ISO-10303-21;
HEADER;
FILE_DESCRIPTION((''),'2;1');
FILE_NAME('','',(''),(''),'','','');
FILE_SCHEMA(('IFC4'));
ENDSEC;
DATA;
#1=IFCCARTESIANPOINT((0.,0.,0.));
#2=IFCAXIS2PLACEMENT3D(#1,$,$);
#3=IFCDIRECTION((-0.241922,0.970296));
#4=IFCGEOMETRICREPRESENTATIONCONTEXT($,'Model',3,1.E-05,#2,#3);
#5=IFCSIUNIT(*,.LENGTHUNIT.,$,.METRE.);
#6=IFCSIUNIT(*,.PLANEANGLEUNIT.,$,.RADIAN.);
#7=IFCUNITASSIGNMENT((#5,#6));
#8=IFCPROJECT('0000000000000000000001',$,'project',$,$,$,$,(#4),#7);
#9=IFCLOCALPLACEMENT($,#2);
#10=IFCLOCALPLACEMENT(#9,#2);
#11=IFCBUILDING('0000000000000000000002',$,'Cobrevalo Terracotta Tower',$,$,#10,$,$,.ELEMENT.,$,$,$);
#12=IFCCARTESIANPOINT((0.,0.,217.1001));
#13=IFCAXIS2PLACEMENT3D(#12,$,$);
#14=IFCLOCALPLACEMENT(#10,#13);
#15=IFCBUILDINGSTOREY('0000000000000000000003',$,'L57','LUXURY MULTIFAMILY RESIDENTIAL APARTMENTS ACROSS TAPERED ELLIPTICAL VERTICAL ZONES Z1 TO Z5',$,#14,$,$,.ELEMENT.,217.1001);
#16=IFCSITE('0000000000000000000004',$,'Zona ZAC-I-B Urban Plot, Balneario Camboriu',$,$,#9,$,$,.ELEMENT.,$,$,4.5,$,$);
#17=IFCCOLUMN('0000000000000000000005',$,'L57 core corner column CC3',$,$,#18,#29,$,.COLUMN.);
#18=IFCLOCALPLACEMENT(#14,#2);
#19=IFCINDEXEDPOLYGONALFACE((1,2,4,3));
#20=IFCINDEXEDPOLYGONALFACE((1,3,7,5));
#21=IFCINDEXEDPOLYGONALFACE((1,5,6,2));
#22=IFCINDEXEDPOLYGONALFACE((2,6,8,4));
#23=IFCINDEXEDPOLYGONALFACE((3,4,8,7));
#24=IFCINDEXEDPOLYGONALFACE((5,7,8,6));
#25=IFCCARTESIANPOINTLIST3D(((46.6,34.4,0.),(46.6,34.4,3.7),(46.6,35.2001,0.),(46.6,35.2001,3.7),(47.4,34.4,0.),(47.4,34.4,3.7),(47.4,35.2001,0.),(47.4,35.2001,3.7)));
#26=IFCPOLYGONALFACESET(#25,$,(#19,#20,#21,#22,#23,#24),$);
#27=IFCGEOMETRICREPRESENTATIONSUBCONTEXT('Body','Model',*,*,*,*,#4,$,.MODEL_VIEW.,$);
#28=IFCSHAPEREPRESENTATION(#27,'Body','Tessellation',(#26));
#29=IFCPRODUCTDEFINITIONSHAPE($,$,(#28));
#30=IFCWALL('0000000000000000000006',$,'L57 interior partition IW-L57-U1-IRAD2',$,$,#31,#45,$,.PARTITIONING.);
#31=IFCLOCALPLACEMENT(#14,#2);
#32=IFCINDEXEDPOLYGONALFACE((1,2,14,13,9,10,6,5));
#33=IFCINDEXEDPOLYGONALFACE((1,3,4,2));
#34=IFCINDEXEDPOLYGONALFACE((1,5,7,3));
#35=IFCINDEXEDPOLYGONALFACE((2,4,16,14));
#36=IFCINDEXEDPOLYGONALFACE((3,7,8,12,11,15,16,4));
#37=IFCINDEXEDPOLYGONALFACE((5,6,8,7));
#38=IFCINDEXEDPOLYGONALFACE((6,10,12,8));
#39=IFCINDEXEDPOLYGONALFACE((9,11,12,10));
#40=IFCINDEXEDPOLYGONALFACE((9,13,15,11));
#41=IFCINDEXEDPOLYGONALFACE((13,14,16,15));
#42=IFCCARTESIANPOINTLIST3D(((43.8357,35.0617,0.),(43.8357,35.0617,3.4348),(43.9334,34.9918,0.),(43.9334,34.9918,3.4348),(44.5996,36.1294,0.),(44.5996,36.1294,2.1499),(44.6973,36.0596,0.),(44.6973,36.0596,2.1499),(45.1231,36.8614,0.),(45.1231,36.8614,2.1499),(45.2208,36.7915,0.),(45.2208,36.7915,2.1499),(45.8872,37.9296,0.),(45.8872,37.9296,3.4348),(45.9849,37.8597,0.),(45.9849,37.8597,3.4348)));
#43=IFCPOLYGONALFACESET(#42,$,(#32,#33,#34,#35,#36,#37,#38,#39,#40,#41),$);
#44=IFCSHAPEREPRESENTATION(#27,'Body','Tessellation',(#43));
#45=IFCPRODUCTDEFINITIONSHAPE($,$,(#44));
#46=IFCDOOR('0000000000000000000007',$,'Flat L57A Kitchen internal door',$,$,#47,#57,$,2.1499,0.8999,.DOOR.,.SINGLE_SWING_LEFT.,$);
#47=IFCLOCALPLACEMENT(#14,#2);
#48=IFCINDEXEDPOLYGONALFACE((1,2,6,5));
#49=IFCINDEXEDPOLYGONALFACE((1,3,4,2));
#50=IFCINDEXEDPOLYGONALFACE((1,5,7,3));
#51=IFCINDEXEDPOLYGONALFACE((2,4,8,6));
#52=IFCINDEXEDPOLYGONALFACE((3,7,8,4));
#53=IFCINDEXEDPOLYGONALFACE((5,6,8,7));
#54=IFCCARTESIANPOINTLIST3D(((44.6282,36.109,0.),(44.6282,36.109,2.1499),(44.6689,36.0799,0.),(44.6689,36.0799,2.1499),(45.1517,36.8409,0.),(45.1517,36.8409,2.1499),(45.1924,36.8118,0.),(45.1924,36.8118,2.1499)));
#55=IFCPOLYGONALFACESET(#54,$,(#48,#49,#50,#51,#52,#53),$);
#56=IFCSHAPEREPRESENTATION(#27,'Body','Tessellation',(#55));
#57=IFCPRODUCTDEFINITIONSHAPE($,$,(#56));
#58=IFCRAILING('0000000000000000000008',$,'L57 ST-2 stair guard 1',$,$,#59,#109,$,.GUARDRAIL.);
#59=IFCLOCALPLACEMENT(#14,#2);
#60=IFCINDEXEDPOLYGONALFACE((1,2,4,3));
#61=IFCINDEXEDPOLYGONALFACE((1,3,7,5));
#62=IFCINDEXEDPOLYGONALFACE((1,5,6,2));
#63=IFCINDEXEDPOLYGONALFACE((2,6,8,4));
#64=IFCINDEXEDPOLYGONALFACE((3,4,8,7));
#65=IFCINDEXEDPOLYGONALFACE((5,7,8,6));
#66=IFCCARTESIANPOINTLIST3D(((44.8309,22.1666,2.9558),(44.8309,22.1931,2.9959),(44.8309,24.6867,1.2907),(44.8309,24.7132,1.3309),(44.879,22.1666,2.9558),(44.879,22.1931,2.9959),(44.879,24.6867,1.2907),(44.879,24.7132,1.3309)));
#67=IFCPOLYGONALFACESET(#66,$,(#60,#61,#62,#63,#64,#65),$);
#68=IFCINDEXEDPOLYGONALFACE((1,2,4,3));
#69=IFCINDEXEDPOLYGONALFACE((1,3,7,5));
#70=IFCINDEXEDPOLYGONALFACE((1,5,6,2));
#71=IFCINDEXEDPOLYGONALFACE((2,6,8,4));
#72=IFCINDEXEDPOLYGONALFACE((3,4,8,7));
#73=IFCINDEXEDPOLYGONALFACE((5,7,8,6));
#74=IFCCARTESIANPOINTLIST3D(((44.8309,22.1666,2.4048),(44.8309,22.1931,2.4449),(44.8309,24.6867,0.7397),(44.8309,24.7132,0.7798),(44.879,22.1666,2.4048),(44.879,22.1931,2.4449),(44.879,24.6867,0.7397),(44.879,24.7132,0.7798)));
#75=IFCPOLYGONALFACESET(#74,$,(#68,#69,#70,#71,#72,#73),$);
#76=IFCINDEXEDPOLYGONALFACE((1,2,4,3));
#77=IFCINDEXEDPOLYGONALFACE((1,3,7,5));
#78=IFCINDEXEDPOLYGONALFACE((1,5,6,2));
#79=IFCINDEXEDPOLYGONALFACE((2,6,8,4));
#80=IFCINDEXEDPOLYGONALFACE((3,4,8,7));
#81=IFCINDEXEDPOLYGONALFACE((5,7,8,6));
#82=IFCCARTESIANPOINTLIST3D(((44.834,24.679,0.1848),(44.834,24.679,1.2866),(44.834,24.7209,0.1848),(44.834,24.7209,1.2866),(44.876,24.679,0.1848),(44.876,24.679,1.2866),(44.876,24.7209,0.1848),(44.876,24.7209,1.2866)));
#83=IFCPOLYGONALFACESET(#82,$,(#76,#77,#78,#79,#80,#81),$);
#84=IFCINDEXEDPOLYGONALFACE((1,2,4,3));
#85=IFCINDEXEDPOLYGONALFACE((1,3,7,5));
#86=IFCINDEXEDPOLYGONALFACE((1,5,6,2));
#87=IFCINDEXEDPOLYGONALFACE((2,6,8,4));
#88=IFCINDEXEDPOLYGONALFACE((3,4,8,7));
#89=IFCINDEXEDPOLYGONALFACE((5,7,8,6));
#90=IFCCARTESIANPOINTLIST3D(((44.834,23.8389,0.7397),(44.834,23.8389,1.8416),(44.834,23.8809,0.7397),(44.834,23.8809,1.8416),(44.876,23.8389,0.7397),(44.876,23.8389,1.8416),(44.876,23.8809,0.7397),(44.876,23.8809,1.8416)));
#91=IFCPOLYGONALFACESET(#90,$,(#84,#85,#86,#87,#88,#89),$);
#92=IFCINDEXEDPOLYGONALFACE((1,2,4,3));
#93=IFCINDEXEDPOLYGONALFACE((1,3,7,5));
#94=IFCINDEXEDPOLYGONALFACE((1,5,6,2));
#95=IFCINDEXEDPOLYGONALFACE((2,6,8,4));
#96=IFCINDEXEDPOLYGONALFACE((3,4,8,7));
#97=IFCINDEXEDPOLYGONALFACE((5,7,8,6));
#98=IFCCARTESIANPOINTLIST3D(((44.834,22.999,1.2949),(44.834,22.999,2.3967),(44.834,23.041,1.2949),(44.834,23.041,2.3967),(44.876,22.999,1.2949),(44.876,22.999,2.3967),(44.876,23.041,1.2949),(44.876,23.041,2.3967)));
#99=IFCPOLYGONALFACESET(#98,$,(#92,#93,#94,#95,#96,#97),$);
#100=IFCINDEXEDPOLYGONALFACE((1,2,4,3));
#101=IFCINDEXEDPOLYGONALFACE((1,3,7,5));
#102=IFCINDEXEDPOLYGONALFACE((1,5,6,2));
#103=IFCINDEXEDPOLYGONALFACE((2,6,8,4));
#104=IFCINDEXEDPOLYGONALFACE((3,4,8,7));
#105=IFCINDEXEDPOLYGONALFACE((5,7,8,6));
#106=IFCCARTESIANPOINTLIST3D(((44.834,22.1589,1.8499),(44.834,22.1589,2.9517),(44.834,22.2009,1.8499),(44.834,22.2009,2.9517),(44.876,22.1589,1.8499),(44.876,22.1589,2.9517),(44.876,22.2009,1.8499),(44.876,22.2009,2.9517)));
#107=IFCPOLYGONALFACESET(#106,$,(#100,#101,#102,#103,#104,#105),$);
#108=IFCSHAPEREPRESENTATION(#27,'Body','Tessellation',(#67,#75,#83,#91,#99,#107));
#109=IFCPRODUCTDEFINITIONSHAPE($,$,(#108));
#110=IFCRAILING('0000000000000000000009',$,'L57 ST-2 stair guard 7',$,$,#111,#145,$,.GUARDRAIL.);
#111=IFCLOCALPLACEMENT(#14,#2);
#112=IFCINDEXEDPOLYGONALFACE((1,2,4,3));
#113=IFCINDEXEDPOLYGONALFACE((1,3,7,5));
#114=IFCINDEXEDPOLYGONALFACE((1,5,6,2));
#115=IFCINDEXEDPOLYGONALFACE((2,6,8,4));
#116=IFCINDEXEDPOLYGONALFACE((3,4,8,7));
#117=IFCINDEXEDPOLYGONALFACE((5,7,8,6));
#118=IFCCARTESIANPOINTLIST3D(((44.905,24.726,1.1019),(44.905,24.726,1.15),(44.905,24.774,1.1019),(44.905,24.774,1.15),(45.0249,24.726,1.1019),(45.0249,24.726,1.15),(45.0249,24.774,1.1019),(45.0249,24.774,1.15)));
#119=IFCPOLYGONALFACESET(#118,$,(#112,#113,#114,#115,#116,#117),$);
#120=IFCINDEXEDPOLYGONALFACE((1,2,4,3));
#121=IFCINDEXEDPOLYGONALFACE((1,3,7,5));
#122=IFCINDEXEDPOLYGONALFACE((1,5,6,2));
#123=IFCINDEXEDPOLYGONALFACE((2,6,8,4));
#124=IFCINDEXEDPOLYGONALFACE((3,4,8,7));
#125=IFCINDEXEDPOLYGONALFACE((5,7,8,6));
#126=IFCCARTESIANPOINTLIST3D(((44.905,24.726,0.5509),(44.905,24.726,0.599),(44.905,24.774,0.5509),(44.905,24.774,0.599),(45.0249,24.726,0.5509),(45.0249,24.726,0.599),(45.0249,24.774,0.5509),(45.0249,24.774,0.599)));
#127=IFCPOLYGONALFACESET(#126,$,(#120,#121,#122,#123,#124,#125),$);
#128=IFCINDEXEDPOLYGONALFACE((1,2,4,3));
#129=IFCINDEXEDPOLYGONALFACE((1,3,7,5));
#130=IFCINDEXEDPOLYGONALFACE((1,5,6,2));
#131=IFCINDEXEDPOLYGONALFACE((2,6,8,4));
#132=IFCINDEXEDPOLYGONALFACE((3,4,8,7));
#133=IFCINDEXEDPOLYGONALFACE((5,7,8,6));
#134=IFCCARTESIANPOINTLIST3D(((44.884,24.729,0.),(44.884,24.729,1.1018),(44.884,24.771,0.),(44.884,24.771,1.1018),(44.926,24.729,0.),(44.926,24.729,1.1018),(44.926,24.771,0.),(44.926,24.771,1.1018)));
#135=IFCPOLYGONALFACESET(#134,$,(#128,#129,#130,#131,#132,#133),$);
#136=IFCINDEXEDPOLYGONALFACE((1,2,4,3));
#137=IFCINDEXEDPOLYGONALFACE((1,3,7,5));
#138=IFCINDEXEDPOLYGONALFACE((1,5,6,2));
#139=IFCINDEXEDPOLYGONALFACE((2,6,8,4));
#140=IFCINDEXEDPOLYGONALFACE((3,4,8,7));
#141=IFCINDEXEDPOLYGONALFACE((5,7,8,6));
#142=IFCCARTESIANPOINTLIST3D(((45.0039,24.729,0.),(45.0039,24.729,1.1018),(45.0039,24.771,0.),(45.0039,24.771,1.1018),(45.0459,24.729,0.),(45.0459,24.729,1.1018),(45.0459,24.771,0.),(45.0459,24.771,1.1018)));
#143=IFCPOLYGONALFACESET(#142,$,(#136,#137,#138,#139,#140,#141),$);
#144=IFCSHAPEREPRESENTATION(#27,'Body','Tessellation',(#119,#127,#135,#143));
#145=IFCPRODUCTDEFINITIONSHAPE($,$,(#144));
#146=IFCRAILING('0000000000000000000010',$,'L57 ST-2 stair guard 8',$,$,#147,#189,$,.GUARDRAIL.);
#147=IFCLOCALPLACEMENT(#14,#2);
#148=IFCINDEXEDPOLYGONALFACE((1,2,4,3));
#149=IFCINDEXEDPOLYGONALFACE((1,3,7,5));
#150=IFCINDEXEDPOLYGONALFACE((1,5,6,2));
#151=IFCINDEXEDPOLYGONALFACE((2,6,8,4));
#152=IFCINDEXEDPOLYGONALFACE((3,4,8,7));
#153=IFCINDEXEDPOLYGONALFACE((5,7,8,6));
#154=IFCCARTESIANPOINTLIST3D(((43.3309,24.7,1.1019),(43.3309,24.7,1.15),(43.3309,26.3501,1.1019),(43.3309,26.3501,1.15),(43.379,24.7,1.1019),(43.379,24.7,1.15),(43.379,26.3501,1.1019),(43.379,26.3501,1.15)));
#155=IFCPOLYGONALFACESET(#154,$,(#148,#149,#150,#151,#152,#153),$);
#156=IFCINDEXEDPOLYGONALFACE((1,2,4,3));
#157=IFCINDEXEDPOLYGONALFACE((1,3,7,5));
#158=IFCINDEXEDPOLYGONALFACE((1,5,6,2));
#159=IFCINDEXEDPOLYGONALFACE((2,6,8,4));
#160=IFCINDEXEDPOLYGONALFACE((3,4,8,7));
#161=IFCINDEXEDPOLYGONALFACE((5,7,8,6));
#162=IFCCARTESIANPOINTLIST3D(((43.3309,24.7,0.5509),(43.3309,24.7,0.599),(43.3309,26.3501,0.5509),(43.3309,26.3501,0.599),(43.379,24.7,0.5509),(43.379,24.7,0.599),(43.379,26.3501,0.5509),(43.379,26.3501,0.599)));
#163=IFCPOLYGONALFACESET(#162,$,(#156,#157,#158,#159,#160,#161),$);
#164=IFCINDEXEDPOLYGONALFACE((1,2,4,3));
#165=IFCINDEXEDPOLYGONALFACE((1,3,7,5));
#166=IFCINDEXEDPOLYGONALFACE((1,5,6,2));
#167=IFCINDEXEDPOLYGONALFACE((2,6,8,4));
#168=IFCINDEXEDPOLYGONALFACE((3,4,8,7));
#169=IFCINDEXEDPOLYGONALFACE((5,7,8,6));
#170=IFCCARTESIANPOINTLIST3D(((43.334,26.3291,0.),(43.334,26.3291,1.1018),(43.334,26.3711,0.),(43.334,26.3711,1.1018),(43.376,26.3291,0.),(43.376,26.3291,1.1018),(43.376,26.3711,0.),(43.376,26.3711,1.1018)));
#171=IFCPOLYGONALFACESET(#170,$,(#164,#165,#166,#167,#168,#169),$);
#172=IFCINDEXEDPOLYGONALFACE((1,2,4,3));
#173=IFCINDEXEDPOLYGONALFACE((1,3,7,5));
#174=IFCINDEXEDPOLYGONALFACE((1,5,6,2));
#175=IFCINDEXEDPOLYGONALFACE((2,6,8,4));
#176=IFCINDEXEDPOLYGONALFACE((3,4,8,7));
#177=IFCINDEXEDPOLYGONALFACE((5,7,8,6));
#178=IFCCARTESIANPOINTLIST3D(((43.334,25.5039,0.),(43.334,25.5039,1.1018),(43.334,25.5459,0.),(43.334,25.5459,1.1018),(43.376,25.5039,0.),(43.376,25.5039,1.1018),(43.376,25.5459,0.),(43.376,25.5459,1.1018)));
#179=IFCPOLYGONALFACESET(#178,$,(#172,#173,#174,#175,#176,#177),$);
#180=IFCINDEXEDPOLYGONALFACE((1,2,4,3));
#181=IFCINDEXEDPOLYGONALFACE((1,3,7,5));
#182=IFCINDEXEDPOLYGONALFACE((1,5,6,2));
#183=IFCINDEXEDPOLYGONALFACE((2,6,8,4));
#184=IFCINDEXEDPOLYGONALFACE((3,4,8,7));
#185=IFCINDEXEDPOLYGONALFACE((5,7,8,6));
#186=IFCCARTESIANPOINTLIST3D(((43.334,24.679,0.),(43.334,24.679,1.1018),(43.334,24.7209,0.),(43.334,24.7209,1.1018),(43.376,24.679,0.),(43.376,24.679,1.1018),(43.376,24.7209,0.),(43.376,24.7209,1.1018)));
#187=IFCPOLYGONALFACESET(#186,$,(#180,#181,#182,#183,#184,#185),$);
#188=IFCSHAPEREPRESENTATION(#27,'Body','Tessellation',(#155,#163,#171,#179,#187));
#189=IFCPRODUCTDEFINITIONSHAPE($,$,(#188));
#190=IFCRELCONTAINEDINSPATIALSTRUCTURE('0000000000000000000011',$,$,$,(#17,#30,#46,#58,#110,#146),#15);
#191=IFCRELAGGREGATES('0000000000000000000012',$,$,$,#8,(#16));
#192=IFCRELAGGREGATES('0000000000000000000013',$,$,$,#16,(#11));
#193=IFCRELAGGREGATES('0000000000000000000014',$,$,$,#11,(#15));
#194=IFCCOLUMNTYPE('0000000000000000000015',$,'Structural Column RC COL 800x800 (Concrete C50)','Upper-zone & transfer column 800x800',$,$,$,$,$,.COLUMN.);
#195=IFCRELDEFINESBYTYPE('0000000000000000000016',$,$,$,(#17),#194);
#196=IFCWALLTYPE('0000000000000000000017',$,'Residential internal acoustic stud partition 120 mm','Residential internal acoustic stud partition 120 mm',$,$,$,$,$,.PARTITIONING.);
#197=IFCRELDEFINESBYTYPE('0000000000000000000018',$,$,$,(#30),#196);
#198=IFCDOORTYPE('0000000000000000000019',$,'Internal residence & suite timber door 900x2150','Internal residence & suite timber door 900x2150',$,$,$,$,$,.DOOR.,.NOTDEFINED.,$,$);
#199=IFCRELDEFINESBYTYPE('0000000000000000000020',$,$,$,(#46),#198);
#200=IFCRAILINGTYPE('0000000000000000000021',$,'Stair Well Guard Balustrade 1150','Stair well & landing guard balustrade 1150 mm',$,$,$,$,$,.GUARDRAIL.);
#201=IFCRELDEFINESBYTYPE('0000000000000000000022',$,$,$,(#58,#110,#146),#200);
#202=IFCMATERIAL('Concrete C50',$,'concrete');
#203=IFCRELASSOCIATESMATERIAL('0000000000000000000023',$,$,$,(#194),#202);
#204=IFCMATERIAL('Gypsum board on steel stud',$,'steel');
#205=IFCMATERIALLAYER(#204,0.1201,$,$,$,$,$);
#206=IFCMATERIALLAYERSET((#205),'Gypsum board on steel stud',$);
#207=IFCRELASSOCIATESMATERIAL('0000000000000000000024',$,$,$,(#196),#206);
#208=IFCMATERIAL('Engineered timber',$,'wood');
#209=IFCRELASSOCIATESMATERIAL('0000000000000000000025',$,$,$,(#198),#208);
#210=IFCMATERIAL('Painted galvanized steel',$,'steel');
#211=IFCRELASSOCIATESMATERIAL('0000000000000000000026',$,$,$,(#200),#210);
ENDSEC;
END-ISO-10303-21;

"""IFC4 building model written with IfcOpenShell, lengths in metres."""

from ifc_helpers import new_model, si_unit, direction, frame, frame_2d, origin, origin_2d, place, context, subcontext, project, spatial, rectangle, extrude, source, transform, mapped, material, layer, layer_set, material_profile, profile_set, type_object, element, fill, save


model = new_model("IFC4")

# Units and contexts
model_context = context("Model", 3, precision=1e-05, world=origin(), true_north=direction((-0.241922, 0.970296)))
body_context = subcontext(model_context, "Body", "Model", "MODEL_VIEW")
ifc_project = project(units=[si_unit("LENGTHUNIT", "METRE"), si_unit("PLANEANGLEUNIT", "RADIAN")], contexts=[model_context])

# Site, building, storey
site_placement = place(None, origin())
site = spatial("IfcSite", under=ifc_project, at=site_placement, Name="Zona ZAC-I-B Urban Plot, Balneario Camboriu", CompositionType="ELEMENT", RefElevation=4.5)
building_placement = place(site_placement, origin())
building = spatial("IfcBuilding", under=site, at=building_placement, Name="Cobrevalo Terracotta Tower", CompositionType="ELEMENT")
storey_placement = place(building_placement, frame((0.0, 0.0, 217.1001)))
storey = spatial("IfcBuildingStorey", under=building, at=storey_placement, Name="L57", Description="LUXURY MULTIFAMILY RESIDENTIAL APARTMENTS ACROSS TAPERED ELLIPTICAL VERTICAL ZONES Z1 TO Z5", CompositionType="ELEMENT", Elevation=217.1001)

# Column
ifc_material_1 = material(Name="Concrete C50", Category="concrete")
ifc_material_profile = material_profile(ifc_material_1, rectangle(XDim=0.8, YDim=0.8, at=origin_2d()), Name="RC COL 800x800")
ifc_profile_set = profile_set([ifc_material_profile], Name="Concrete C50")
column_type = type_object("IfcColumnType", Name="Structural Column RC COL 800x800 (Concrete C50)", Description="Upper-zone & transfer column 800x800", PredefinedType="COLUMN", material=ifc_profile_set)
column_placement = place(storey_placement, frame((47.0, 34.8, 0.0), z_axis=(0.0, 0.0, 1.0), x_axis=(1.0, 0.0, 0.0)))
element("IfcColumn", 1, at=column_placement, inside=storey, type_object=column_type, Name="L57 core corner column CC3", PredefinedType="COLUMN", context=body_context, shape_type="SweptSolid", body=[
    extrude(rectangle(XDim=0.8, YDim=0.8, at=origin_2d()), origin(), (0.0, 0.0, 1.0), 3.7),
])

# Wall, opening, door
ifc_material_2 = material(Name="Gypsum board on steel stud", Category="steel")
ifc_layer_1 = layer(ifc_material_2, 0.1201)
ifc_layer_set_1 = layer_set([ifc_layer_1], Name="Gypsum board on steel stud")
wall_type_1 = type_object("IfcWallType", Name="Residential internal acoustic stud partition 120 mm", Description="Residential internal acoustic stud partition 120 mm", PredefinedType="PARTITIONING", material=ifc_layer_set_1)
wall_1_placement = place(storey_placement, frame((43.8845, 35.0266, 0.0), z_axis=(0.0, 0.0, 1.0), x_axis=(0.581801, 0.813331, 0.0)))
wall_1 = element("IfcWall", 2, at=wall_1_placement, inside=storey, type_object=wall_type_1, Name="L57 interior partition IW-L57-U1-IRAD2", PredefinedType="PARTITIONING", context=body_context, shape_type="SweptSolid", body=[
    extrude(rectangle(XDim=3.5261, YDim=0.1201, at=frame_2d((1.7632, 0.0))), origin(), (0.0, 0.0, 1.0), 3.4348),
])
opening_1_placement = place(wall_1_placement, frame((1.313, 0.0, 0.0)))
opening_1 = element("IfcOpeningElement", 3, at=opening_1_placement, cuts=wall_1, PredefinedType="OPENING", context=body_context, shape_type="SweptSolid", body=[
    extrude(rectangle(XDim=0.8999, YDim=2.1499, at=frame_2d((0.45, 1.075))), frame((0.0, 0.0701, 0.0), z_axis=(0.0, -1.0, 0.0), x_axis=(1.0, 0.0, 0.0)), (0.0, 0.0, 1.0), 0.1401),
])
ifc_material_3 = material(Name="Engineered timber", Category="wood")
door_type_1 = type_object("IfcDoorType", Name="Internal residence & suite timber door 900x2150", Description="Internal residence & suite timber door 900x2150", OperationType="NOTDEFINED", PredefinedType="DOOR", material=ifc_material_3)
shared_shape_1 = source(origin(), body_context, "Body", "SweptSolid", [
    extrude(rectangle(XDim=0.8999, YDim=2.1499, at=frame_2d((0.45, 1.075))), frame((0.0, 0.0249, 0.0), z_axis=(0.0, -1.0, 0.0), x_axis=(1.0, 0.0, 0.0)), (0.0, 0.0, 1.0), 0.05),
])
door_1_placement = place(opening_1_placement, origin())
door_1 = element("IfcDoor", 4, at=door_1_placement, inside=storey, type_object=door_type_1, Name="Flat L57A Kitchen internal door", OperationType="SINGLE_SWING_LEFT", OverallHeight=2.1499, OverallWidth=0.8999, PredefinedType="DOOR", context=body_context, shape_type="MappedRepresentation", body=[
    mapped(shared_shape_1, transform((0.0, 0.0, 0.0), scale=1.0)),
])
fill(opening_1, door_1)

# Railings
ifc_material_4 = material(Name="Painted galvanized steel", Category="steel")
railing_type = type_object("IfcRailingType", Name="Stair Well Guard Balustrade 1150", Description="Stair well & landing guard balustrade 1150 mm", PredefinedType="GUARDRAIL", material=ifc_material_4)
railing_1_placement = place(storey_placement, frame((44.855, 24.7, 0.1848)))
element("IfcRailing", 5, at=railing_1_placement, inside=storey, type_object=railing_type, Name="L57 ST-2 stair guard 1", PredefinedType="GUARDRAIL", context=body_context, shape_type="SweptSolid", body=[
    extrude(rectangle(XDim=0.0481, YDim=0.0481, at=origin_2d()), frame((0.0, 0.0, 1.126), z_axis=(0.0, -0.834331, 0.551263), x_axis=(1.0, 0.0, 0.0)), (0.0, 0.0, 1.0), 3.0205),
    extrude(rectangle(XDim=0.0481, YDim=0.0481, at=origin_2d()), frame((0.0, 0.0, 0.575), z_axis=(0.0, -0.834331, 0.551263), x_axis=(1.0, 0.0, 0.0)), (0.0, 0.0, 1.0), 3.0205),
    extrude(rectangle(XDim=0.042, YDim=0.042, at=origin_2d()), origin(), (0.0, 0.0, 1.0), 1.1018),
    extrude(rectangle(XDim=0.042, YDim=0.042, at=origin_2d()), frame((0.0, -0.8401, 0.5549)), (0.0, 0.0, 1.0), 1.1018),
    extrude(rectangle(XDim=0.042, YDim=0.042, at=origin_2d()), frame((0.0, -1.6799, 1.1101)), (0.0, 0.0, 1.0), 1.1018),
    extrude(rectangle(XDim=0.042, YDim=0.042, at=origin_2d()), frame((0.0, -2.52, 1.665)), (0.0, 0.0, 1.0), 1.1018),
])
railing_2_placement = place(storey_placement, frame((44.905, 24.75, 0.0)))
element("IfcRailing", 6, at=railing_2_placement, inside=storey, type_object=railing_type, Name="L57 ST-2 stair guard 7", PredefinedType="GUARDRAIL", context=body_context, shape_type="SweptSolid", body=[
    extrude(rectangle(XDim=0.0481, YDim=0.0481, at=origin_2d()), frame((0.0, 0.0, 1.126), z_axis=(1.0, 0.0, 0.0), x_axis=(0.0, 1.0, 0.0)), (0.0, 0.0, 1.0), 0.1199),
    extrude(rectangle(XDim=0.0481, YDim=0.0481, at=origin_2d()), frame((0.0, 0.0, 0.575), z_axis=(1.0, 0.0, 0.0), x_axis=(0.0, 1.0, 0.0)), (0.0, 0.0, 1.0), 0.1199),
    extrude(rectangle(XDim=0.042, YDim=0.042, at=origin_2d()), origin(), (0.0, 0.0, 1.0), 1.1018),
    extrude(rectangle(XDim=0.042, YDim=0.042, at=origin_2d()), frame((0.1199, 0.0, 0.0)), (0.0, 0.0, 1.0), 1.1018),
])
for number, where, name in (
    (7, (43.355, 26.3501, 0.0), "L57 ST-2 stair guard 8"),
):
    element("IfcRailing", number, at=place(storey_placement, frame(where)), inside=storey, type_object=railing_type, Name=name, PredefinedType="GUARDRAIL", context=body_context, shape_type="SweptSolid", body=[
        extrude(rectangle(XDim=0.0481, YDim=0.0481, at=origin_2d()), frame((0.0, 0.0, 1.126), z_axis=(0.0, -1.0, 0.0), x_axis=(1.0, 0.0, 0.0)), (0.0, 0.0, 1.0), 1.6501),
        extrude(rectangle(XDim=0.0481, YDim=0.0481, at=origin_2d()), frame((0.0, 0.0, 0.575), z_axis=(0.0, -1.0, 0.0), x_axis=(1.0, 0.0, 0.0)), (0.0, 0.0, 1.0), 1.6501),
        extrude(rectangle(XDim=0.042, YDim=0.042, at=origin_2d()), origin(), (0.0, 0.0, 1.0), 1.1018),
        extrude(rectangle(XDim=0.042, YDim=0.042, at=origin_2d()), frame((0.0, -0.8252, 0.0)), (0.0, 0.0, 1.0), 1.1018),
        extrude(rectangle(XDim=0.042, YDim=0.042, at=origin_2d()), frame((0.0, -1.6501, 0.0)), (0.0, 0.0, 1.0), 1.1018),
    ])

save(model, "model.ifc")
